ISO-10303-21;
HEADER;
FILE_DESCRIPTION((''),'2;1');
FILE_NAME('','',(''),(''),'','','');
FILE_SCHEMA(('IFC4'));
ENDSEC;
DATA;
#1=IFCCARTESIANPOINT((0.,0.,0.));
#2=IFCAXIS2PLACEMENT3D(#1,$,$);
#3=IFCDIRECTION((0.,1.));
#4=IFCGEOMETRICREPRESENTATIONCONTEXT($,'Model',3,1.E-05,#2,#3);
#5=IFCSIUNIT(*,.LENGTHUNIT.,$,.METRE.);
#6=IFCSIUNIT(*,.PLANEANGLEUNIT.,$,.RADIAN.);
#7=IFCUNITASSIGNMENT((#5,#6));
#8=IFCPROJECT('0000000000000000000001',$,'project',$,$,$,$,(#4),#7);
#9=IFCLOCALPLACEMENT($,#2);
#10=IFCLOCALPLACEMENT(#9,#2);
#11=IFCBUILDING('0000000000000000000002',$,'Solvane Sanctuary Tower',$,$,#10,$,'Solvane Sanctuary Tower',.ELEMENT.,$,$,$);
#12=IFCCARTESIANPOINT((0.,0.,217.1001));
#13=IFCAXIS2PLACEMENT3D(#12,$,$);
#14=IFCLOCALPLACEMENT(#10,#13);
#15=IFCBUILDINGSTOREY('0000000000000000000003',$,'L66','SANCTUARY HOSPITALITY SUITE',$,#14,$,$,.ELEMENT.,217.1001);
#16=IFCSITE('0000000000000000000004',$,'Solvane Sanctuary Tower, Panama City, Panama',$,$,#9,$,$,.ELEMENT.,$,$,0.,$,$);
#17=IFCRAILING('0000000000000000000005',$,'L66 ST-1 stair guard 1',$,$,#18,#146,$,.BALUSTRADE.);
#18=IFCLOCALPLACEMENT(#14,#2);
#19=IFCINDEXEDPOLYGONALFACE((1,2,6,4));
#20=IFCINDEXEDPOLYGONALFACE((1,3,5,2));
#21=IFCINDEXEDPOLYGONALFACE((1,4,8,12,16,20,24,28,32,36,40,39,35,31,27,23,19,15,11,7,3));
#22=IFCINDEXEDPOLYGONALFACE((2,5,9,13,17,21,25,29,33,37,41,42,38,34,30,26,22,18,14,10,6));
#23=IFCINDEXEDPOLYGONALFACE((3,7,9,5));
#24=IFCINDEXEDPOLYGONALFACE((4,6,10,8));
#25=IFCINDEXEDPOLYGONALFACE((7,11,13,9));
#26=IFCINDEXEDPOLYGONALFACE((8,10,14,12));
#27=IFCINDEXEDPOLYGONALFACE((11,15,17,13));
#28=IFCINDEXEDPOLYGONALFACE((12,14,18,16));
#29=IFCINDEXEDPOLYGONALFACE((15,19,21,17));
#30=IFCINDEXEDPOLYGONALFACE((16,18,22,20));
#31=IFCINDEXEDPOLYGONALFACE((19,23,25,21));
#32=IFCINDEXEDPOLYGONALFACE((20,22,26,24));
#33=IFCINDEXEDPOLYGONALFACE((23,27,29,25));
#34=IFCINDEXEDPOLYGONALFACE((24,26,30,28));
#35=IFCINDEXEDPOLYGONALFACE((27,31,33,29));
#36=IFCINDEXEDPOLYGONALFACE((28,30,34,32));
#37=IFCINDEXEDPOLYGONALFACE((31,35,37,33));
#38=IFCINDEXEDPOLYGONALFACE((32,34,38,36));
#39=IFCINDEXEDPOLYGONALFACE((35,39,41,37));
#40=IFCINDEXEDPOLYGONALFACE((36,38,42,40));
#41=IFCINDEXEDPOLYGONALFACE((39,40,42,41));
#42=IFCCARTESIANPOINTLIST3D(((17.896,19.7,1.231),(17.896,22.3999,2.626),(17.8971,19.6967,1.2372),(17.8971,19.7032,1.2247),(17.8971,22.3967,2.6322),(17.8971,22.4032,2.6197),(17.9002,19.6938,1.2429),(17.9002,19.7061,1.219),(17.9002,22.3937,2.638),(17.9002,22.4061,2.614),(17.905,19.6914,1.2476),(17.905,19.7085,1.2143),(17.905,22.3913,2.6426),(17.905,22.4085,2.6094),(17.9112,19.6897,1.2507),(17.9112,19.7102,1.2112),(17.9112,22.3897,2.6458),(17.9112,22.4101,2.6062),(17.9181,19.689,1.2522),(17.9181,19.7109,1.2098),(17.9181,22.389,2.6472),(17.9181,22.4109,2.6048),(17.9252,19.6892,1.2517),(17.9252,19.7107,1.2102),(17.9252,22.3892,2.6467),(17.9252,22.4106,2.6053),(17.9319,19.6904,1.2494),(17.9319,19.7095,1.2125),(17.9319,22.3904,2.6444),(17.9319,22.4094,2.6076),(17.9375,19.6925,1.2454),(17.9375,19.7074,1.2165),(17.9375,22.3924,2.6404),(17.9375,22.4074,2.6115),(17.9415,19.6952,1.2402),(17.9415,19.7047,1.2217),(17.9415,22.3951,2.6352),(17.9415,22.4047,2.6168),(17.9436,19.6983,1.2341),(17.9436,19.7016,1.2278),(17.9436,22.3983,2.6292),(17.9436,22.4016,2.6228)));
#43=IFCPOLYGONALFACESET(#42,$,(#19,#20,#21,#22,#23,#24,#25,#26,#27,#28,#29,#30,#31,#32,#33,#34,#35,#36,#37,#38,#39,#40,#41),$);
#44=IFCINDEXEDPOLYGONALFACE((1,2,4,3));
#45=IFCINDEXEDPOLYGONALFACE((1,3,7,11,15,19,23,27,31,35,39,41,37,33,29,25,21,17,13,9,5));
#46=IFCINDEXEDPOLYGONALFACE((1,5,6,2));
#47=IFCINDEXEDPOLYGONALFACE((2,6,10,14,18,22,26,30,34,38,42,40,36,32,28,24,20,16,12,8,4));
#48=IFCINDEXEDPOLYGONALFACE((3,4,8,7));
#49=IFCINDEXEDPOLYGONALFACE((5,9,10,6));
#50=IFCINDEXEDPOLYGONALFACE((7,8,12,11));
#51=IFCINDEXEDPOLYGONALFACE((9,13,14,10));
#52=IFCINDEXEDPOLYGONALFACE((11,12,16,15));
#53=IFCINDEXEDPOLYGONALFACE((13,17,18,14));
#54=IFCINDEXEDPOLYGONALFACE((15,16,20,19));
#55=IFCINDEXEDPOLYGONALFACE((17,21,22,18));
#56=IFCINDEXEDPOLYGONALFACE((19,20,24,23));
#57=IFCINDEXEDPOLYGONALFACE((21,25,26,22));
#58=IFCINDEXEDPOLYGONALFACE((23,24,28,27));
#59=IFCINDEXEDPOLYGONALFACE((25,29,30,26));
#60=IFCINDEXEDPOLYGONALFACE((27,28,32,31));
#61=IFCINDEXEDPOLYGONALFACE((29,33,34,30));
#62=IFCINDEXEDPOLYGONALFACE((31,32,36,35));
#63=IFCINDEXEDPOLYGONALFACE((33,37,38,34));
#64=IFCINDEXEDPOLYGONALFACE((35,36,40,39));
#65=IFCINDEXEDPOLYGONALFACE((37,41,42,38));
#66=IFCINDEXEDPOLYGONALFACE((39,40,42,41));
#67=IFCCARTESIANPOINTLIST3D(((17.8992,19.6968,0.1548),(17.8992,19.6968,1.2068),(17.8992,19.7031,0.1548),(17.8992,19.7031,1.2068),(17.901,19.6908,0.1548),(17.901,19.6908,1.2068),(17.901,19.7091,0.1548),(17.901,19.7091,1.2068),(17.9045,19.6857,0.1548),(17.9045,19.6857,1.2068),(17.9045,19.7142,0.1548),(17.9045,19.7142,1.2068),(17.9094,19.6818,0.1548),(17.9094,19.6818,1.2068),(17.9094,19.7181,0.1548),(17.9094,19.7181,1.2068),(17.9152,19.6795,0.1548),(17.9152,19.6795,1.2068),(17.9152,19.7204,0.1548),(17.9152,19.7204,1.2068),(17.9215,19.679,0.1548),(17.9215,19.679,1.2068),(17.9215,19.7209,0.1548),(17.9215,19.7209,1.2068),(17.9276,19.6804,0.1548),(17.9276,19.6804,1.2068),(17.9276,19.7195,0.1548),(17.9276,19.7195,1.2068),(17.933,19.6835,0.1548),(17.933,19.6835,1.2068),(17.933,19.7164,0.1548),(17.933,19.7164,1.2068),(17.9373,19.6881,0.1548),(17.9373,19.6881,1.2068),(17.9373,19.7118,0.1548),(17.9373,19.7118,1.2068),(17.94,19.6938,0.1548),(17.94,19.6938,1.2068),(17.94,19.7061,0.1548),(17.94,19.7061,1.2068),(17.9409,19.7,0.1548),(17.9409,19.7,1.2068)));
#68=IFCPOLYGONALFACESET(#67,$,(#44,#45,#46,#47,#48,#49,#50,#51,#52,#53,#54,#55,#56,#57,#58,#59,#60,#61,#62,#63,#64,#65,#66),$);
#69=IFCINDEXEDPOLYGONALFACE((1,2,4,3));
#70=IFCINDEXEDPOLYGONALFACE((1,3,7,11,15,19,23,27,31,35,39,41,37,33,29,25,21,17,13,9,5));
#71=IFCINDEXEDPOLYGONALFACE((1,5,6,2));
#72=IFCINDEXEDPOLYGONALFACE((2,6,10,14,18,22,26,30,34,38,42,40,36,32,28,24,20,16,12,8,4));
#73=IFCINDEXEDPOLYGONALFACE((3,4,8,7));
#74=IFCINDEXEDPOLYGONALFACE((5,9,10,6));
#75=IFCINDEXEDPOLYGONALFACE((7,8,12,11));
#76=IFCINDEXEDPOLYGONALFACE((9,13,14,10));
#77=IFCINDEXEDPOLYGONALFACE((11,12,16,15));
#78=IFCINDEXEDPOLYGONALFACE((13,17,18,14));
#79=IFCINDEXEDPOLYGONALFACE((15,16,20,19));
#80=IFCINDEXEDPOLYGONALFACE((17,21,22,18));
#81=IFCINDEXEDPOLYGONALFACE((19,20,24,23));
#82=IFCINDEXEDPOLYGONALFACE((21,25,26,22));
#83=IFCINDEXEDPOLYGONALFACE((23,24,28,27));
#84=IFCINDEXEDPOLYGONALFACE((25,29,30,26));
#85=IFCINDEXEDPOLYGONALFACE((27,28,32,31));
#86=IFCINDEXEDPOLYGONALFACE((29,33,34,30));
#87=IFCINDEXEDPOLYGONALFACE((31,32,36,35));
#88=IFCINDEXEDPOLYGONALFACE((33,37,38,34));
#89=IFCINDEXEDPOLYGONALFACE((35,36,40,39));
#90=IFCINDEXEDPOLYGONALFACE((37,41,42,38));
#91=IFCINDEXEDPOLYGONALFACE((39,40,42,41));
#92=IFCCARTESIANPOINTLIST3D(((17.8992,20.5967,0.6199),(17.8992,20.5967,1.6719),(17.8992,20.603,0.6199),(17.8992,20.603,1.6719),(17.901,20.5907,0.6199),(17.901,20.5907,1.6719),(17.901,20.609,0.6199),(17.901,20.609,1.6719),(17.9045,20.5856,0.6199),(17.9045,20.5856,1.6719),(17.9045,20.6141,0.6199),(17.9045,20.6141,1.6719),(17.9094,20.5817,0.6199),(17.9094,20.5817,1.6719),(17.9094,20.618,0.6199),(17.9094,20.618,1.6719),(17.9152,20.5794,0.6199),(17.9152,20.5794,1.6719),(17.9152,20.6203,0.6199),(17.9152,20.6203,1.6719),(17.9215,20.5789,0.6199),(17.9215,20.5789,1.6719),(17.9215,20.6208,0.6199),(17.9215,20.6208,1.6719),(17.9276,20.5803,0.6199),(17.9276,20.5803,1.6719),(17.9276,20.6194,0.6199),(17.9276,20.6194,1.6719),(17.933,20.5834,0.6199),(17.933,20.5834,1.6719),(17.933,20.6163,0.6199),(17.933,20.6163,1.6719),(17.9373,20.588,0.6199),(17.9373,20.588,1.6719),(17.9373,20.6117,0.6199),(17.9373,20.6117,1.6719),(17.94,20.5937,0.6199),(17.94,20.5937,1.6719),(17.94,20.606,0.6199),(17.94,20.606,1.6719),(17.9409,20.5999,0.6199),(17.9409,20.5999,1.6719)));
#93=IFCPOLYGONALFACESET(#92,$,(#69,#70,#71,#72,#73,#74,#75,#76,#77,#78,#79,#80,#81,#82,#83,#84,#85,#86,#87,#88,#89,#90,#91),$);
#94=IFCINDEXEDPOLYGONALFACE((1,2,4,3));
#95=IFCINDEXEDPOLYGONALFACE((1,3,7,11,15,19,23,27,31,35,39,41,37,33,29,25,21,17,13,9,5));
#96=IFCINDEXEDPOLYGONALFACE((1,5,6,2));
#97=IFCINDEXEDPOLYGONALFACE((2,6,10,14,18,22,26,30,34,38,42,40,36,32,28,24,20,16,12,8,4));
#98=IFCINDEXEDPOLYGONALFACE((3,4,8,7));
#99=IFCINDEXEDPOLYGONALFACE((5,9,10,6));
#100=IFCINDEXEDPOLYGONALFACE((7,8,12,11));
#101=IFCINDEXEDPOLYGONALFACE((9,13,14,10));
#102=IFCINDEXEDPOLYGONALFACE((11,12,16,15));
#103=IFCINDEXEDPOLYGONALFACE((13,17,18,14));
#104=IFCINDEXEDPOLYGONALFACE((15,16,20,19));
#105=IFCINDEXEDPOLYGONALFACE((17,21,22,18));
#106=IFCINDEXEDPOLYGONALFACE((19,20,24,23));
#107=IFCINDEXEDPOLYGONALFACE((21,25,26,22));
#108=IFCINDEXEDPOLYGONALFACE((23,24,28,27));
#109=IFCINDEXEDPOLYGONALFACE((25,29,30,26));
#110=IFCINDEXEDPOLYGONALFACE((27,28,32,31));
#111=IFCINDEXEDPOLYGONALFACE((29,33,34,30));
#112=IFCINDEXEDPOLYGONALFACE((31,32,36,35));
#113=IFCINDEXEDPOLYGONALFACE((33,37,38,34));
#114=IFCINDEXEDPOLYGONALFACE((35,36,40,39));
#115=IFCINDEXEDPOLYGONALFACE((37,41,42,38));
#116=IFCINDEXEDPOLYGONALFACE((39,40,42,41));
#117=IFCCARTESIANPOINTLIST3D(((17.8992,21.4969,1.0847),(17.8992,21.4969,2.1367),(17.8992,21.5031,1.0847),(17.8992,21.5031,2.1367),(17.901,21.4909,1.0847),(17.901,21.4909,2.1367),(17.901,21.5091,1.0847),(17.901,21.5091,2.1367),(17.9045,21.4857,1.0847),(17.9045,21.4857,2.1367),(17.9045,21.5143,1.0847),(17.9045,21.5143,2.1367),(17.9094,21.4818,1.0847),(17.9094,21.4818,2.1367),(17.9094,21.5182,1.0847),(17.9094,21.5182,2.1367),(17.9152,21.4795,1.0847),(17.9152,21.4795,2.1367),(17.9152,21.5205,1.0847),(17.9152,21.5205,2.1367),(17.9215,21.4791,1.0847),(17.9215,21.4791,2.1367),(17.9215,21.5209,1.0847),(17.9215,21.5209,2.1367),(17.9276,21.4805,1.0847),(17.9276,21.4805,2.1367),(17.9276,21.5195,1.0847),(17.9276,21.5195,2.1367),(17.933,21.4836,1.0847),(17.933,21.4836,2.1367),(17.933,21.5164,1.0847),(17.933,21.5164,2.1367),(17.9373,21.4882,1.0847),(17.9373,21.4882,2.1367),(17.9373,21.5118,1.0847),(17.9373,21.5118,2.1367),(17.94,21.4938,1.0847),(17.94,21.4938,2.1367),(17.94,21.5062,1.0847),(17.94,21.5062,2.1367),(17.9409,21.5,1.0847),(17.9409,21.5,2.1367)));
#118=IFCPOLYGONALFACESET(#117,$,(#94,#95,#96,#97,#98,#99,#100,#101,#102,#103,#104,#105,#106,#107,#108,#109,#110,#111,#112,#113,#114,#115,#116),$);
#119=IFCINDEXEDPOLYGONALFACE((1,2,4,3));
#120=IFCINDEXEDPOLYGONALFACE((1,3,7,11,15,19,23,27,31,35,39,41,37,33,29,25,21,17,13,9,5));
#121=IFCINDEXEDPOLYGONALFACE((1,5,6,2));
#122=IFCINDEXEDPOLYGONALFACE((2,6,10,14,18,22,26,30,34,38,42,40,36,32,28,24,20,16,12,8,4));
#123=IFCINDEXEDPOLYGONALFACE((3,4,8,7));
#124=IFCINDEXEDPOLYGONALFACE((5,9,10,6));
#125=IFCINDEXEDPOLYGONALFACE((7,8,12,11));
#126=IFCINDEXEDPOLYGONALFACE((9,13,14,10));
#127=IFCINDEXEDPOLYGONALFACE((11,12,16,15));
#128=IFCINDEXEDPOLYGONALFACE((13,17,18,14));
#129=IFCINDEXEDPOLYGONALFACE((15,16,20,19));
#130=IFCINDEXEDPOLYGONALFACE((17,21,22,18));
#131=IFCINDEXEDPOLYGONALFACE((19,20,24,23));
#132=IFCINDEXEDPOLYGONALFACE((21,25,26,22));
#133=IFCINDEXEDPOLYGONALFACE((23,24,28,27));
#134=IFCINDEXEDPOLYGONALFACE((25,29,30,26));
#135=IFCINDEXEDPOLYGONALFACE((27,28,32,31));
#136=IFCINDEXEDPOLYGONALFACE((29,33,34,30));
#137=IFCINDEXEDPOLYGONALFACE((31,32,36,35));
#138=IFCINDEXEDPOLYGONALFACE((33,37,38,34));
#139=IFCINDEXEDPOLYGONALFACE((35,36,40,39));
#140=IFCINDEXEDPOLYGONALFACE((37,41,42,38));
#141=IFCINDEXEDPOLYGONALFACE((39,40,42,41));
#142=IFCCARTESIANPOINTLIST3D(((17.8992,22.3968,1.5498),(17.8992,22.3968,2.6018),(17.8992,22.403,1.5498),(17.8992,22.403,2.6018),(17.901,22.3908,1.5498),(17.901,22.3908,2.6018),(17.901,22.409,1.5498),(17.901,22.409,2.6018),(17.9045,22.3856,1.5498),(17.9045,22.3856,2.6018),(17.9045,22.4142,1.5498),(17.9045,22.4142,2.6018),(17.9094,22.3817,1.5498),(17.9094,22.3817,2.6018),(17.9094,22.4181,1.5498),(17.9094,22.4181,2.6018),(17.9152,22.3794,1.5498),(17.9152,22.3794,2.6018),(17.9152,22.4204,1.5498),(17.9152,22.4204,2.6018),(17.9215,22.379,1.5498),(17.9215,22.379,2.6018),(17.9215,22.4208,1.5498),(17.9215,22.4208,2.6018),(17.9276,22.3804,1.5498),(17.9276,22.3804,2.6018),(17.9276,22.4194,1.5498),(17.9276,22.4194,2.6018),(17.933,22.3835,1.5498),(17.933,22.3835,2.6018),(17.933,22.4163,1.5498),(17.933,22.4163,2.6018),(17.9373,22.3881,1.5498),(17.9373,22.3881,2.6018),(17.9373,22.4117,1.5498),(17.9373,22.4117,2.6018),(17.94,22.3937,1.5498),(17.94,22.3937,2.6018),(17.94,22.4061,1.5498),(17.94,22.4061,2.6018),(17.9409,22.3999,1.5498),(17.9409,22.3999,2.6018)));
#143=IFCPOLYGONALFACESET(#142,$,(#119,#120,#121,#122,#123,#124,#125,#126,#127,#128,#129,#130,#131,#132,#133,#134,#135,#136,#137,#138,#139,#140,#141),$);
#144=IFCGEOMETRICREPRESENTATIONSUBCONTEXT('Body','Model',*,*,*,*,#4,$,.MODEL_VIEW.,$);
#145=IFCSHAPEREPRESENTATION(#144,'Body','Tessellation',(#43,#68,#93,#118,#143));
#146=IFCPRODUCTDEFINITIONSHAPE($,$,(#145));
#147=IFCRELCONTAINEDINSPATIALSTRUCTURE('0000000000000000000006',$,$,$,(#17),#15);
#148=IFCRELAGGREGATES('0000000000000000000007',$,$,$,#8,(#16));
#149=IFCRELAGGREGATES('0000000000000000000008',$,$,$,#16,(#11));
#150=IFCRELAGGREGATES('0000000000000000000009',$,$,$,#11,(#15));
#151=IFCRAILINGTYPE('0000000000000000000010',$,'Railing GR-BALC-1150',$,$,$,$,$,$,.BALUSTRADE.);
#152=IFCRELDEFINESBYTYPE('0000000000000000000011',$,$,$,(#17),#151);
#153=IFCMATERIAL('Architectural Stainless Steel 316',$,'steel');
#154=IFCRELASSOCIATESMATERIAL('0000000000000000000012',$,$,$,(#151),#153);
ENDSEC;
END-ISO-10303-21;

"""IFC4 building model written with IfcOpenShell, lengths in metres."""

from ifc_helpers import new_model, si_unit, direction, frame, origin, origin_2d, place, context, subcontext, project, spatial, circle, extrude, material, type_object, element, save


model = new_model("IFC4")

# Units and contexts
model_context = context("Model", 3, precision=1e-05, world=origin(), true_north=direction((0.0, 1.0)))
body_context = subcontext(model_context, "Body", "Model", "MODEL_VIEW")
ifc_project = project(units=[si_unit("LENGTHUNIT", "METRE"), si_unit("PLANEANGLEUNIT", "RADIAN")], contexts=[model_context])

# Site, building, storey
site_placement = place(None, origin())
site = spatial("IfcSite", under=ifc_project, at=site_placement, Name="Solvane Sanctuary Tower, Panama City, Panama", CompositionType="ELEMENT", RefElevation=0.0)
building_placement = place(site_placement, origin())
building = spatial("IfcBuilding", under=site, at=building_placement, Name="Solvane Sanctuary Tower", LongName="Solvane Sanctuary Tower", CompositionType="ELEMENT")
storey_placement = place(building_placement, frame((0.0, 0.0, 217.1001)))
storey = spatial("IfcBuildingStorey", under=building, at=storey_placement, Name="L66", Description="SANCTUARY HOSPITALITY SUITE", CompositionType="ELEMENT", Elevation=217.1001)

# Shared definitions
ifc_material_1 = material(Name="Architectural Stainless Steel 316", Category="steel")

# Railing
railing_type_1 = type_object("IfcRailingType", Name="Railing GR-BALC-1150", PredefinedType="BALUSTRADE", material=ifc_material_1)
railing_1_placement = place(storey_placement, frame((17.9199, 19.7, 0.1548)))
element("IfcRailing", 1, at=railing_1_placement, inside=storey, type_object=railing_type_1, Name="L66 ST-1 stair guard 1", PredefinedType="BALUSTRADE", context=body_context, shape_type="SweptSolid", body=[
    extrude(circle(Radius=0.0239, at=origin_2d()), frame((0.0, 0.0, 1.0762), z_axis=(0.0, 0.88842, 0.459032), x_axis=(-1.0, 0.0, 0.0)), (0.0, 0.0, 1.0), 3.0391),
    extrude(circle(Radius=0.021, at=origin_2d()), origin(), (0.0, 0.0, 1.0), 1.052),
    extrude(circle(Radius=0.021, at=origin_2d()), frame((0.0, 0.8999, 0.4651)), (0.0, 0.0, 1.0), 1.052),
    extrude(circle(Radius=0.021, at=origin_2d()), frame((0.0, 1.8, 0.9299)), (0.0, 0.0, 1.0), 1.052),
    extrude(circle(Radius=0.021, at=origin_2d()), frame((0.0, 2.7, 1.395)), (0.0, 0.0, 1.0), 1.052),
])

save(model, "model.ifc")
